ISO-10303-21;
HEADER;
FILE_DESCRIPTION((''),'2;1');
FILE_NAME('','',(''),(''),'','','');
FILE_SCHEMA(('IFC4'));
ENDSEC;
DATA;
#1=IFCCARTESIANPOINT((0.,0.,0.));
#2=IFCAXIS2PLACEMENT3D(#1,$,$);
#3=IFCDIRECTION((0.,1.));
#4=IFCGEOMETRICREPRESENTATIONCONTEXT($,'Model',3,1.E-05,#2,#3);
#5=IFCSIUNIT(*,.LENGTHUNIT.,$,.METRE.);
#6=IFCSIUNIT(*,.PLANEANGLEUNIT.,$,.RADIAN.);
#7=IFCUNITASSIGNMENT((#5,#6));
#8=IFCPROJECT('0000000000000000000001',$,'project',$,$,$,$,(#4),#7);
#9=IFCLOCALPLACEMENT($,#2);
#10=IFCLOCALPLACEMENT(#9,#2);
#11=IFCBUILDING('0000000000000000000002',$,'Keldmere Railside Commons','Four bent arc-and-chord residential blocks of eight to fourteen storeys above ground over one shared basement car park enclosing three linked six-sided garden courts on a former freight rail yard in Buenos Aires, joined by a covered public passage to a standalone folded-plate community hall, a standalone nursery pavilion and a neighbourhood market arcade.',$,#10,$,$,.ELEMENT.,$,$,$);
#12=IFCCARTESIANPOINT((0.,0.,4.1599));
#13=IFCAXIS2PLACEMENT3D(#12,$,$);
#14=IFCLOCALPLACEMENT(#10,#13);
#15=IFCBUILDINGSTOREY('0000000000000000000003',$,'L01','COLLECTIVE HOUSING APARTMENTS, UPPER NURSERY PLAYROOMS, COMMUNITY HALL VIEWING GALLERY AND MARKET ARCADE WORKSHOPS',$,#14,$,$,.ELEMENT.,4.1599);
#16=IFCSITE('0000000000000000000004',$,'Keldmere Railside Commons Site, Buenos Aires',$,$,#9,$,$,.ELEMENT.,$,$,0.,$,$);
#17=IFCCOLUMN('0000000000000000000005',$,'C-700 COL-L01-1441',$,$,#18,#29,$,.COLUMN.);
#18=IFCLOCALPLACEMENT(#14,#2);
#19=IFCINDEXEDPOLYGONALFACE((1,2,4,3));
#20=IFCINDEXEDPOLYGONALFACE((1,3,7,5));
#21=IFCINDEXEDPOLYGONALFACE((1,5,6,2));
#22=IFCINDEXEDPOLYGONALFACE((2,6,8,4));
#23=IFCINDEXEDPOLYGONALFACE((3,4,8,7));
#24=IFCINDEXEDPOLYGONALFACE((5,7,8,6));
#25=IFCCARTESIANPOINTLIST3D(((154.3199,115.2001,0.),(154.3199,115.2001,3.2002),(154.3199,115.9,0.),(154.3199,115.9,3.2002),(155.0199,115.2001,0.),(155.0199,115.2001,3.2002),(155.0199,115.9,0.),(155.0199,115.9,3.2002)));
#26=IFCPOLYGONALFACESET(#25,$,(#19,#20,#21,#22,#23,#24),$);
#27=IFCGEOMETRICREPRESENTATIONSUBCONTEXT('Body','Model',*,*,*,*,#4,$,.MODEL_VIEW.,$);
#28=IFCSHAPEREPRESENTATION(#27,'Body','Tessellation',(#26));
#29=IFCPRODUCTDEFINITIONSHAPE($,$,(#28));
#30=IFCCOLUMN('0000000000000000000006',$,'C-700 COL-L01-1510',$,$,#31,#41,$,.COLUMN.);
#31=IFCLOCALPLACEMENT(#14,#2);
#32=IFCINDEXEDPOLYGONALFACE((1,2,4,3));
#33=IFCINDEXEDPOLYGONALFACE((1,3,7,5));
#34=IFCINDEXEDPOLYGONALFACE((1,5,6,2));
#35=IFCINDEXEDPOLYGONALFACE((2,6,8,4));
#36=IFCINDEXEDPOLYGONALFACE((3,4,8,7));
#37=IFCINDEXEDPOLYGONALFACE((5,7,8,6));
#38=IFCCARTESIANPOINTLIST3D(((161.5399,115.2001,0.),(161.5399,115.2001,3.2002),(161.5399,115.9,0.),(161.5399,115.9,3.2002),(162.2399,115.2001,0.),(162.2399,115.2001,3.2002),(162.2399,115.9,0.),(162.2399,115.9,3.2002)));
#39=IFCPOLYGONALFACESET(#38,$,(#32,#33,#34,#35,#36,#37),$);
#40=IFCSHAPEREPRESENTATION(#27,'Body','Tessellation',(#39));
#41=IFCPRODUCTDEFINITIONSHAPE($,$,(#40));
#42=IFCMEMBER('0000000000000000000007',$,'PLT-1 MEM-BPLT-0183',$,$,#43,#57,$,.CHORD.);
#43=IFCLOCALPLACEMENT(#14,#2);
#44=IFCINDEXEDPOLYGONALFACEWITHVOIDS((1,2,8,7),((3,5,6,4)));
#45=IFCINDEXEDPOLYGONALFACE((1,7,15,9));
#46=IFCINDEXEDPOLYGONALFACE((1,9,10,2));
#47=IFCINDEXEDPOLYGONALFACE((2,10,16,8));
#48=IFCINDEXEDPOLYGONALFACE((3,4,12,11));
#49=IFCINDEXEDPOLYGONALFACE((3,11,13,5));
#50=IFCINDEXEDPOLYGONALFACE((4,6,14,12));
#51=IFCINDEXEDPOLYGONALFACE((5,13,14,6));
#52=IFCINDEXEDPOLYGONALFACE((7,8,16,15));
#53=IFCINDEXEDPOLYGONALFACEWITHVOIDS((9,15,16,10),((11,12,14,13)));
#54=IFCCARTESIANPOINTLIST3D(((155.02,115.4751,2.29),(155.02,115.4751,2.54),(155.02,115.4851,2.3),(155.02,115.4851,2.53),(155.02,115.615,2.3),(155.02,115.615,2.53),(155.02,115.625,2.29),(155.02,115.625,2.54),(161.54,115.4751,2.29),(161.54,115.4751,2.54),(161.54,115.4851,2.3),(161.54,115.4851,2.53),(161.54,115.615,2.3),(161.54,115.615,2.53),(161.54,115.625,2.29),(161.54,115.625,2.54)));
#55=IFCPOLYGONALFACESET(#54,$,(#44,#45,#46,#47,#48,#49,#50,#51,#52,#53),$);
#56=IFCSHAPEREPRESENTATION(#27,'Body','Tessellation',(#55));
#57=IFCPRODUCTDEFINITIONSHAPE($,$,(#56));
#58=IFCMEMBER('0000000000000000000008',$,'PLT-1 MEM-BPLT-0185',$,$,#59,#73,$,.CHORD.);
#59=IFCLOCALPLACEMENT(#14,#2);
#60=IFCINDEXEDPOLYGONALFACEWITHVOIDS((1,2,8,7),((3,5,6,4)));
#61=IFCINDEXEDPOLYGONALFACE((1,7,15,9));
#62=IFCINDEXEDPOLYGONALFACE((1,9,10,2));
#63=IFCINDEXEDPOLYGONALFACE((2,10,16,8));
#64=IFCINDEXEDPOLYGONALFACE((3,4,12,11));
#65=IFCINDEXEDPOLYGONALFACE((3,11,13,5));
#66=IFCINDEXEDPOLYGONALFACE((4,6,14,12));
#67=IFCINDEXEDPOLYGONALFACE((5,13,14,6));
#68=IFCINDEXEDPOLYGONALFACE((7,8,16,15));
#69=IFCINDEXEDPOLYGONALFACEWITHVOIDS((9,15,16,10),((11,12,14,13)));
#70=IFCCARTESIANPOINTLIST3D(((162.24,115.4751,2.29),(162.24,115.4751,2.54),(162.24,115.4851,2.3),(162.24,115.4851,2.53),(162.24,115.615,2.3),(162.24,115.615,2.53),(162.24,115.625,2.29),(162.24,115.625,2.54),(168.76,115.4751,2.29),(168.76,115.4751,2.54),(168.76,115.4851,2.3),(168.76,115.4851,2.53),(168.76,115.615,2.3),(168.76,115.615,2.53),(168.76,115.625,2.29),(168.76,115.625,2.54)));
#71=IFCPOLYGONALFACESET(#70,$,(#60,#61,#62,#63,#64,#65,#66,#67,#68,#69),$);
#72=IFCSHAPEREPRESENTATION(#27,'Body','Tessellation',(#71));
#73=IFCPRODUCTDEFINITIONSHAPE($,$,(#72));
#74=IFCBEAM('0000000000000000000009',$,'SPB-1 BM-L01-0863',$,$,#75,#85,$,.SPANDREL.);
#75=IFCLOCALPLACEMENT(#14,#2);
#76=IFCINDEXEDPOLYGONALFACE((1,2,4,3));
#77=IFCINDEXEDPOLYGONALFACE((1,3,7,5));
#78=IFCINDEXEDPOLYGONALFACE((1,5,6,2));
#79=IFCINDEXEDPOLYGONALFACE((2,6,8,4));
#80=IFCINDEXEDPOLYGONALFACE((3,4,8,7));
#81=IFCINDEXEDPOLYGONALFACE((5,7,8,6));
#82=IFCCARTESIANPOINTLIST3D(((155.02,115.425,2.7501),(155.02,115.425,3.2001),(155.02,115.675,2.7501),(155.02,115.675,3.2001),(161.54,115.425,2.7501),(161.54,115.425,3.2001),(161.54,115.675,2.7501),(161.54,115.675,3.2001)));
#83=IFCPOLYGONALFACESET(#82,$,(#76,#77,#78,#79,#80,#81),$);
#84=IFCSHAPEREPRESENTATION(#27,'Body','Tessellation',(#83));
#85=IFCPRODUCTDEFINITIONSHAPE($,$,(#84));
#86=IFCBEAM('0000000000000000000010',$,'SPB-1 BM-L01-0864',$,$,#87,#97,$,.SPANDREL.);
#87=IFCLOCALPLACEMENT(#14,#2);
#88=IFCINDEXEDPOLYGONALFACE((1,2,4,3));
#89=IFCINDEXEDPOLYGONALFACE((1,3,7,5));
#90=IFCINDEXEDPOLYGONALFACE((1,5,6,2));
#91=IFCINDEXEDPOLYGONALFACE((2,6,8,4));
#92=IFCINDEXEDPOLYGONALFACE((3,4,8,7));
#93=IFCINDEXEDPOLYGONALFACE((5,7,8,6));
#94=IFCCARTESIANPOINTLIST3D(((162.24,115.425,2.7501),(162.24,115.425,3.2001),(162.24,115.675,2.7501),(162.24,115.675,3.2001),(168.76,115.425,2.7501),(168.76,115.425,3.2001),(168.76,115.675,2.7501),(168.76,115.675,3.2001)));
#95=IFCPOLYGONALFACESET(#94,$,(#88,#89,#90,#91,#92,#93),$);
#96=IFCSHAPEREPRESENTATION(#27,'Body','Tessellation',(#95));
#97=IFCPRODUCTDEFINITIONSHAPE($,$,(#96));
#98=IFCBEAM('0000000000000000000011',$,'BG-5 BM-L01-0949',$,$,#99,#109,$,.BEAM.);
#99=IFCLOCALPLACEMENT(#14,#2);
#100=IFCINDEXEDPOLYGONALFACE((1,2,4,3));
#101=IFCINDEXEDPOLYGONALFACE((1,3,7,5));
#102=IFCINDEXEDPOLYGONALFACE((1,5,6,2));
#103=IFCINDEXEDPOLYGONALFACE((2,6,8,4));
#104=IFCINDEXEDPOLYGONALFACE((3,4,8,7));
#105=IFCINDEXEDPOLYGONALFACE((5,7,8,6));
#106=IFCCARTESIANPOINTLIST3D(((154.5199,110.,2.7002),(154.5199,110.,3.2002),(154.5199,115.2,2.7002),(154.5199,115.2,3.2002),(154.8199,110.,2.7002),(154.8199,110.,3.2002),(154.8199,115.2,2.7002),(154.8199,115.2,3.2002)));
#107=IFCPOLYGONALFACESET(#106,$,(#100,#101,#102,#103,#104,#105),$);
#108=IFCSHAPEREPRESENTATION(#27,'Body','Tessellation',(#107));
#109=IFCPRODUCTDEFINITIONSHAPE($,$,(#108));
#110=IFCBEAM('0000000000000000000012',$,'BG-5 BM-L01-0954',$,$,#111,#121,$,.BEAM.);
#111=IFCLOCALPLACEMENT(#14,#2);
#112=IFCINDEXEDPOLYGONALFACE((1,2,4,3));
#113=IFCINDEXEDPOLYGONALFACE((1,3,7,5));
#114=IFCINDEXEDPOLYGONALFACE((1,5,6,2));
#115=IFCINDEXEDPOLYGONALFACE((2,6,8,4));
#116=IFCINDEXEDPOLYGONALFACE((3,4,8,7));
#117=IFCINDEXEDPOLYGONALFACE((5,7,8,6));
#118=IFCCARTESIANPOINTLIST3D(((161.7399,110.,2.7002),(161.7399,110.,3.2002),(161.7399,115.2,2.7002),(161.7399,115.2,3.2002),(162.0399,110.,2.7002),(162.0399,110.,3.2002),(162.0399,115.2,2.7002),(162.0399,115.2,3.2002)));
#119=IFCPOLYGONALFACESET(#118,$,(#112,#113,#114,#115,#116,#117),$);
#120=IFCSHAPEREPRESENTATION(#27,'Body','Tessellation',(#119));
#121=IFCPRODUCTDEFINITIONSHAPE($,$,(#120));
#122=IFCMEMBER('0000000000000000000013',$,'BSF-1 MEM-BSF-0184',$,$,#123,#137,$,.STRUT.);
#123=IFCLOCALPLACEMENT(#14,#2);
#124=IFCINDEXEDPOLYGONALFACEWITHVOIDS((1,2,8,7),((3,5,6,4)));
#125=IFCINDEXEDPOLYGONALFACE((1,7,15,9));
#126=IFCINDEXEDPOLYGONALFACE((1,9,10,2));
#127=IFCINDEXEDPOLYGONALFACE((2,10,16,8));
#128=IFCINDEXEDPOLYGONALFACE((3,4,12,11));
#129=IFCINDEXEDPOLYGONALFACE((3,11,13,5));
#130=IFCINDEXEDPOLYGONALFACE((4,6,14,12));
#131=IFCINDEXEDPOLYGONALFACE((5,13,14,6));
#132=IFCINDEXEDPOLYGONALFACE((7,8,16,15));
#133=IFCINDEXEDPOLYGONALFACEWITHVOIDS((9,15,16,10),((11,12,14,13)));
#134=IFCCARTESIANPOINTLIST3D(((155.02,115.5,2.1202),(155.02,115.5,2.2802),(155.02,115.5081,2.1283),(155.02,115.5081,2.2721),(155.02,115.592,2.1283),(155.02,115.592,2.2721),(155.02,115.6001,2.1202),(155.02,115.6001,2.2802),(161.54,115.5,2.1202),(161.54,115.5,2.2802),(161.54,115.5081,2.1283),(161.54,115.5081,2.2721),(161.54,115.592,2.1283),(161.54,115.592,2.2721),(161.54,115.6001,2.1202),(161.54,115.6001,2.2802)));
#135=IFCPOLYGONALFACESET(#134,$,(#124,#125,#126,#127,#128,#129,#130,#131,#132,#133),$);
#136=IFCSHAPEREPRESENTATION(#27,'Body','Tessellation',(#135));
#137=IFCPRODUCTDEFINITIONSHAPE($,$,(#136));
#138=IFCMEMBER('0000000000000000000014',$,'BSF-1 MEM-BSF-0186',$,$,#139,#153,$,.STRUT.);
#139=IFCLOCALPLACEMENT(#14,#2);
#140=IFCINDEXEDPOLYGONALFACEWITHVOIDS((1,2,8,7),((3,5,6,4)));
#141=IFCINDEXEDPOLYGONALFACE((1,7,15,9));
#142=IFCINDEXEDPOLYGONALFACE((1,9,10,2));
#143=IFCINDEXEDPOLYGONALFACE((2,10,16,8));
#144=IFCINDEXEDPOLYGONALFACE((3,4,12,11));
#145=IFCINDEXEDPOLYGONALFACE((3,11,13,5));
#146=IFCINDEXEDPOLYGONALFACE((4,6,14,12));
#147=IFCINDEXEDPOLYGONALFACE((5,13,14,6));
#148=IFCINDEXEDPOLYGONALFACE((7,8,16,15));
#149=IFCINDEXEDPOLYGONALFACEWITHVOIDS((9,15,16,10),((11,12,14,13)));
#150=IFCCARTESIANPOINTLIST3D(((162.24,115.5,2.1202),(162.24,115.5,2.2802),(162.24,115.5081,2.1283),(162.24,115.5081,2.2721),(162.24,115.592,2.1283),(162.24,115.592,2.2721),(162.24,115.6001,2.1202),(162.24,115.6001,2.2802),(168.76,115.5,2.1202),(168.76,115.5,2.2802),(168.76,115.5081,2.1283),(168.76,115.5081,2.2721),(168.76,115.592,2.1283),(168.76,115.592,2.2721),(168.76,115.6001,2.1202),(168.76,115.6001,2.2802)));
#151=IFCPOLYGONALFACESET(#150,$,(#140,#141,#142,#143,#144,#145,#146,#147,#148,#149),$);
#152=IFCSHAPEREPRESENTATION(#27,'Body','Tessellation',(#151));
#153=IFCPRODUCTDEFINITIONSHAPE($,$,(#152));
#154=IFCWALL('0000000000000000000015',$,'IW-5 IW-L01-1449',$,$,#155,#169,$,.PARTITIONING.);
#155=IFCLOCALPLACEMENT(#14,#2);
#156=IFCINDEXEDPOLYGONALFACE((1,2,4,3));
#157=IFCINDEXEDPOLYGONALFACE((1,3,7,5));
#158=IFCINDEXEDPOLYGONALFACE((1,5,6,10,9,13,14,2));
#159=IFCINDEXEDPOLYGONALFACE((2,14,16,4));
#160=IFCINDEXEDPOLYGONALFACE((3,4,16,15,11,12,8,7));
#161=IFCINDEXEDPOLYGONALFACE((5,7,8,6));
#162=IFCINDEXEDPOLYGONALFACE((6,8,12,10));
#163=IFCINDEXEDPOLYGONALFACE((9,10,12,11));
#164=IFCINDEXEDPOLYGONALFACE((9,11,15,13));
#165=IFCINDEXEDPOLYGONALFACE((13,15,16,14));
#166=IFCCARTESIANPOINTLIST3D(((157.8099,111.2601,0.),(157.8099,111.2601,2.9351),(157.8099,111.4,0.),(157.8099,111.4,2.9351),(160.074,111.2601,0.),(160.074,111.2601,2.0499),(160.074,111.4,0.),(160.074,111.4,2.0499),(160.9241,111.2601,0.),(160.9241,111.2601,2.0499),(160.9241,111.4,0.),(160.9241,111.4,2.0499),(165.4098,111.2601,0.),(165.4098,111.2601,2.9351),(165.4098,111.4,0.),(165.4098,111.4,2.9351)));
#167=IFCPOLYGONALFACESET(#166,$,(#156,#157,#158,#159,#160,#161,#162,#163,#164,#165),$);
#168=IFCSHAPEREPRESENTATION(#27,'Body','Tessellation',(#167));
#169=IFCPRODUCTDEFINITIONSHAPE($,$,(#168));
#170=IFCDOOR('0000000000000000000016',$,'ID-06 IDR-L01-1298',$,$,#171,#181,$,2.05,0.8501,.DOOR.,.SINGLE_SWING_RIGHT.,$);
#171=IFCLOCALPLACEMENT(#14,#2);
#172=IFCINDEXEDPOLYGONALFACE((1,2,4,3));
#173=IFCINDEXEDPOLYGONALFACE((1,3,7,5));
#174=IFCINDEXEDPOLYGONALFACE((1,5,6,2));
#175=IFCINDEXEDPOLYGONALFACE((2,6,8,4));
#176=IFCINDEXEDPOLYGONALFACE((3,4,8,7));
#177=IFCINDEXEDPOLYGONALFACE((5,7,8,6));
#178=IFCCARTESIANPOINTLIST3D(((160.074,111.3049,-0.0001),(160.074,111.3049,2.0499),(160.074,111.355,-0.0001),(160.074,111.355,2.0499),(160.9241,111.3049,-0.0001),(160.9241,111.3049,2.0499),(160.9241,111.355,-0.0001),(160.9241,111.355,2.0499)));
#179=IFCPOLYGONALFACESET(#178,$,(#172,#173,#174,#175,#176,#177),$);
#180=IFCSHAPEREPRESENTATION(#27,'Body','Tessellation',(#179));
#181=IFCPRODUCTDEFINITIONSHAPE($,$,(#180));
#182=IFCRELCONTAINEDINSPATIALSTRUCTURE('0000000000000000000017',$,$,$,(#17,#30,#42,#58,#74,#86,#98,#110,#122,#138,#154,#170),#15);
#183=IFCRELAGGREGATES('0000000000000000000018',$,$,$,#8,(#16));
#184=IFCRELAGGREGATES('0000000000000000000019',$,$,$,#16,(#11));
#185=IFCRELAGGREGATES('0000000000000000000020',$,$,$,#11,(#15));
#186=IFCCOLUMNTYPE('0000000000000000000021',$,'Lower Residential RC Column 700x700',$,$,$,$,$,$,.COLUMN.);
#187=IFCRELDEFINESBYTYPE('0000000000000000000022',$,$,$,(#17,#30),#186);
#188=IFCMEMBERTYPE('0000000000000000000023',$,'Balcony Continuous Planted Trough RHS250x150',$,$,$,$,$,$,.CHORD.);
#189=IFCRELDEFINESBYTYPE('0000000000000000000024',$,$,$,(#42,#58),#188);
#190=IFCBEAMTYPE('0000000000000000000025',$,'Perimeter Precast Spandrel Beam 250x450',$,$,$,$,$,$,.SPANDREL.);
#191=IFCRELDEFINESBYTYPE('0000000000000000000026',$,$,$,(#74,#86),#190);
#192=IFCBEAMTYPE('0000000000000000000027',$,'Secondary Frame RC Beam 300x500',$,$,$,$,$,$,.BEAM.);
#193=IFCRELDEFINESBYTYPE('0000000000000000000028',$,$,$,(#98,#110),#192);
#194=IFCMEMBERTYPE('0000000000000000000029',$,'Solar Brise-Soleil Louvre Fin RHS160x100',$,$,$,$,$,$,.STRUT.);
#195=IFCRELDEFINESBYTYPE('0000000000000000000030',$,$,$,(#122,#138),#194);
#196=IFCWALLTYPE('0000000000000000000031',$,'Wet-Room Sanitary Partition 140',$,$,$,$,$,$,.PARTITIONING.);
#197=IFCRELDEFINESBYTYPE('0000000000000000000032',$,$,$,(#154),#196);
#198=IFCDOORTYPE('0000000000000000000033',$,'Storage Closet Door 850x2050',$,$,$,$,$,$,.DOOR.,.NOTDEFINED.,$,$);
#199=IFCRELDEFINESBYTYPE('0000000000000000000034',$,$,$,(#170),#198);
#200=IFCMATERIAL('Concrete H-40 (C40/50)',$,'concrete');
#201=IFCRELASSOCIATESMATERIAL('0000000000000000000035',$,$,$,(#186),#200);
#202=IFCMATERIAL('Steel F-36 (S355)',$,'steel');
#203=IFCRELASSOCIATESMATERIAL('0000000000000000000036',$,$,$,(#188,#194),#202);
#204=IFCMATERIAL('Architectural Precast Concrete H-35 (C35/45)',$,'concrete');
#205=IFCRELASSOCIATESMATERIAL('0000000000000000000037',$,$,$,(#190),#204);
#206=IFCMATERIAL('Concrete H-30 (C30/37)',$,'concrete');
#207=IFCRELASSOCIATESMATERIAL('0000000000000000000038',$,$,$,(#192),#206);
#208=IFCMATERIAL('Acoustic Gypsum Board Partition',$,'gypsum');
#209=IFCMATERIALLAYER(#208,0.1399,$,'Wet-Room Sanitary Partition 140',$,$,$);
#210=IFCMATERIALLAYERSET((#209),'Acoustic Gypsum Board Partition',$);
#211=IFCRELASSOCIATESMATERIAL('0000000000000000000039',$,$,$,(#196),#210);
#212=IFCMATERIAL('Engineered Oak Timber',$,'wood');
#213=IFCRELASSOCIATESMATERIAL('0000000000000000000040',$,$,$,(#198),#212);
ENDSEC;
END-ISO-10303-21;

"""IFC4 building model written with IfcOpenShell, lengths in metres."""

from ifc_helpers import new_model, si_unit, direction, frame, frame_2d, origin, origin_2d, place, context, subcontext, project, spatial, rectangle, hollow_rectangle, extrude, material, layer, layer_set, material_profile, profile_set, type_object, element, fill, save


model = new_model("IFC4")

# Units and contexts
model_context = context("Model", 3, precision=1e-05, world=origin(), true_north=direction((0.0, 1.0)))
body_context = subcontext(model_context, "Body", "Model", "MODEL_VIEW")
ifc_project = project(units=[si_unit("LENGTHUNIT", "METRE"), si_unit("PLANEANGLEUNIT", "RADIAN")], contexts=[model_context])

# Site, building, storey
site_placement = place(None, origin())
site = spatial("IfcSite", under=ifc_project, at=site_placement, Name="Keldmere Railside Commons Site, Buenos Aires", CompositionType="ELEMENT", RefElevation=0.0)
building_placement = place(site_placement, origin())
building = spatial("IfcBuilding", under=site, at=building_placement, Name="Keldmere Railside Commons", Description="Four bent arc-and-chord residential blocks of eight to fourteen storeys above ground over one shared basement car park enclosing three linked six-sided garden courts on a former freight rail yard in Buenos Aires, joined by a covered public passage to a standalone folded-plate community hall, a standalone nursery pavilion and a neighbourhood market arcade.", CompositionType="ELEMENT")
storey_placement = place(building_placement, frame((0.0, 0.0, 4.1599)))
storey = spatial("IfcBuildingStorey", under=building, at=storey_placement, Name="L01", Description="COLLECTIVE HOUSING APARTMENTS, UPPER NURSERY PLAYROOMS, COMMUNITY HALL VIEWING GALLERY AND MARKET ARCADE WORKSHOPS", CompositionType="ELEMENT", Elevation=4.1599)

# Columns
ifc_material_1 = material(Name="Concrete H-40 (C40/50)", Category="concrete")
ifc_material_profile_1 = material_profile(ifc_material_1, rectangle(XDim=0.7, YDim=0.7, at=origin_2d()), Name="RC-700x700")
ifc_profile_set_1 = profile_set([ifc_material_profile_1], Name="Concrete H-40 (C40/50)")
column_type = type_object("IfcColumnType", Name="Lower Residential RC Column 700x700", PredefinedType="COLUMN", material=ifc_profile_set_1)
for number, where, z_axis, x_axis, name in (
    (1, (154.6699, 115.55, 0.0), (0.0, 0.0, 1.0), (1.0, 0.0, 0.0), "C-700 COL-L01-1441"),
    (2, (161.8899, 115.55, 0.0), (0.0, 0.0, 1.0), (1.0, 0.0, 0.0), "C-700 COL-L01-1510"),
):
    element("IfcColumn", number, at=place(storey_placement, frame(where, z_axis=z_axis, x_axis=x_axis)), inside=storey, type_object=column_type, Name=name, PredefinedType="COLUMN", context=body_context, shape_type="SweptSolid", body=[
        extrude(rectangle(XDim=0.7, YDim=0.7, at=origin_2d()), origin(), (0.0, 0.0, 1.0), 3.2002),
    ])

# Members
ifc_material_2 = material(Name="Steel F-36 (S355)", Category="steel")
ifc_material_profile_2 = material_profile(ifc_material_2, hollow_rectangle(XDim=0.1499, YDim=0.25, WallThickness=0.01, at=origin_2d()), Name="RHS-250x150x10")
ifc_profile_set_2 = profile_set([ifc_material_profile_2], Name="Steel F-36 (S355)")
member_type_1 = type_object("IfcMemberType", Name="Balcony Continuous Planted Trough RHS250x150", PredefinedType="CHORD", material=ifc_profile_set_2)
for number, where, z_axis, x_axis, name in (
    (3, (155.02, 115.55, 2.415), (1.0, 0.0, 0.0), (0.0, 1.0, 0.0), "PLT-1 MEM-BPLT-0183"),
    (4, (162.24, 115.55, 2.415), (1.0, 0.0, 0.0), (0.0, 1.0, 0.0), "PLT-1 MEM-BPLT-0185"),
):
    element("IfcMember", number, at=place(storey_placement, frame(where, z_axis=z_axis, x_axis=x_axis)), inside=storey, type_object=member_type_1, Name=name, PredefinedType="CHORD", context=body_context, shape_type="SweptSolid", body=[
        extrude(hollow_rectangle(XDim=0.1499, YDim=0.25, WallThickness=0.01, at=origin_2d()), origin(), (0.0, 0.0, 1.0), 6.52),
    ])

# Beams
ifc_material_3 = material(Name="Architectural Precast Concrete H-35 (C35/45)", Category="concrete")
ifc_material_profile_3 = material_profile(ifc_material_3, rectangle(XDim=0.25, YDim=0.45, at=origin_2d()), Name="RC-250x450")
ifc_profile_set_3 = profile_set([ifc_material_profile_3], Name="Architectural Precast Concrete H-35 (C35/45)")
beam_type_1 = type_object("IfcBeamType", Name="Perimeter Precast Spandrel Beam 250x450", PredefinedType="SPANDREL", material=ifc_profile_set_3)
for number, where, z_axis, x_axis, name in (
    (5, (155.02, 115.55, 2.9751), (1.0, 0.0, 0.0), (0.0, 1.0, 0.0), "SPB-1 BM-L01-0863"),
    (6, (162.24, 115.55, 2.9751), (1.0, 0.0, 0.0), (0.0, 1.0, 0.0), "SPB-1 BM-L01-0864"),
):
    element("IfcBeam", number, at=place(storey_placement, frame(where, z_axis=z_axis, x_axis=x_axis)), inside=storey, type_object=beam_type_1, Name=name, PredefinedType="SPANDREL", context=body_context, shape_type="SweptSolid", body=[
        extrude(rectangle(XDim=0.25, YDim=0.45, at=origin_2d()), origin(), (0.0, 0.0, 1.0), 6.52),
    ])
ifc_material_4 = material(Name="Concrete H-30 (C30/37)", Category="concrete")
ifc_material_profile_4 = material_profile(ifc_material_4, rectangle(XDim=0.3, YDim=0.5, at=origin_2d()), Name="RC-300x500")
ifc_profile_set_4 = profile_set([ifc_material_profile_4], Name="Concrete H-30 (C30/37)")
beam_type_2 = type_object("IfcBeamType", Name="Secondary Frame RC Beam 300x500", PredefinedType="BEAM", material=ifc_profile_set_4)
for number, where, z_axis, x_axis, name in (
    (7, (154.6699, 110.0, 2.9502), (0.0, 1.0, 0.0), (-1.0, 0.0, 0.0), "BG-5 BM-L01-0949"),
    (8, (161.8899, 110.0, 2.9502), (0.0, 1.0, 0.0), (-1.0, 0.0, 0.0), "BG-5 BM-L01-0954"),
):
    element("IfcBeam", number, at=place(storey_placement, frame(where, z_axis=z_axis, x_axis=x_axis)), inside=storey, type_object=beam_type_2, Name=name, PredefinedType="BEAM", context=body_context, shape_type="SweptSolid", body=[
        extrude(rectangle(XDim=0.3, YDim=0.5, at=origin_2d()), origin(), (0.0, 0.0, 1.0), 5.2),
    ])

# Members
ifc_material_profile_5 = material_profile(ifc_material_2, hollow_rectangle(XDim=0.1001, YDim=0.1599, WallThickness=0.0081, at=origin_2d()), Name="RHS-160x100x8")
ifc_profile_set_5 = profile_set([ifc_material_profile_5], Name="Steel F-36 (S355)")
member_type_2 = type_object("IfcMemberType", Name="Solar Brise-Soleil Louvre Fin RHS160x100", PredefinedType="STRUT", material=ifc_profile_set_5)
for number, where, z_axis, x_axis, name in (
    (9, (155.02, 115.55, 2.2002), (1.0, 0.0, 0.0), (0.0, 1.0, 0.0), "BSF-1 MEM-BSF-0184"),
    (10, (162.24, 115.55, 2.2002), (1.0, 0.0, 0.0), (0.0, 1.0, 0.0), "BSF-1 MEM-BSF-0186"),
):
    element("IfcMember", number, at=place(storey_placement, frame(where, z_axis=z_axis, x_axis=x_axis)), inside=storey, type_object=member_type_2, Name=name, PredefinedType="STRUT", context=body_context, shape_type="SweptSolid", body=[
        extrude(hollow_rectangle(XDim=0.1001, YDim=0.1599, WallThickness=0.0081, at=origin_2d()), origin(), (0.0, 0.0, 1.0), 6.52),
    ])

# Wall, opening, door
ifc_material_5 = material(Name="Acoustic Gypsum Board Partition", Category="gypsum")
ifc_layer = layer(ifc_material_5, 0.1399, Name="Wet-Room Sanitary Partition 140")
ifc_layer_set = layer_set([ifc_layer], Name="Acoustic Gypsum Board Partition")
wall_type = type_object("IfcWallType", Name="Wet-Room Sanitary Partition 140", PredefinedType="PARTITIONING", material=ifc_layer_set)
wall_placement = place(storey_placement, frame((157.8101, 111.3301, 0.0), z_axis=(0.0, 0.0, 1.0), x_axis=(1.0, 0.0, 0.0)))
wall = element("IfcWall", 11, at=wall_placement, inside=storey, type_object=wall_type, Name="IW-5 IW-L01-1449", PredefinedType="PARTITIONING", context=body_context, shape_type="SweptSolid", body=[
    extrude(rectangle(XDim=7.5999, YDim=0.1399, at=frame_2d((3.7998, 0.0))), origin(), (0.0, 0.0, 1.0), 2.9351),
])
opening_placement = place(wall_placement, frame((2.2639, 0.0, 0.0)))
opening = element("IfcOpeningElement", 12, at=opening_placement, cuts=wall, PredefinedType="OPENING", context=body_context, shape_type="SweptSolid", body=[
    extrude(rectangle(XDim=0.8501, YDim=2.05, at=frame_2d((0.425, 1.0249))), frame((0.0, 0.0798, 0.0), z_axis=(0.0, -1.0, 0.0), x_axis=(1.0, 0.0, 0.0)), (0.0, 0.0, 1.0), 0.1599),
])
ifc_material_6 = material(Name="Engineered Oak Timber", Category="wood")
door_type = type_object("IfcDoorType", Name="Storage Closet Door 850x2050", OperationType="NOTDEFINED", PredefinedType="DOOR", material=ifc_material_6)
door_placement = place(opening_placement, origin())
door = element("IfcDoor", 13, at=door_placement, inside=storey, type_object=door_type, Name="ID-06 IDR-L01-1298", OperationType="SINGLE_SWING_RIGHT", OverallHeight=2.05, OverallWidth=0.8501, PredefinedType="DOOR", context=body_context, shape_type="SweptSolid", body=[
    extrude(rectangle(XDim=0.8501, YDim=2.05, at=frame_2d((0.425, 1.0249))), frame((0.0, 0.0249, 0.0), z_axis=(0.0, -1.0, 0.0), x_axis=(1.0, 0.0, 0.0)), (0.0, 0.0, 1.0), 0.05),
])
fill(opening, door)

save(model, "model.ifc")
